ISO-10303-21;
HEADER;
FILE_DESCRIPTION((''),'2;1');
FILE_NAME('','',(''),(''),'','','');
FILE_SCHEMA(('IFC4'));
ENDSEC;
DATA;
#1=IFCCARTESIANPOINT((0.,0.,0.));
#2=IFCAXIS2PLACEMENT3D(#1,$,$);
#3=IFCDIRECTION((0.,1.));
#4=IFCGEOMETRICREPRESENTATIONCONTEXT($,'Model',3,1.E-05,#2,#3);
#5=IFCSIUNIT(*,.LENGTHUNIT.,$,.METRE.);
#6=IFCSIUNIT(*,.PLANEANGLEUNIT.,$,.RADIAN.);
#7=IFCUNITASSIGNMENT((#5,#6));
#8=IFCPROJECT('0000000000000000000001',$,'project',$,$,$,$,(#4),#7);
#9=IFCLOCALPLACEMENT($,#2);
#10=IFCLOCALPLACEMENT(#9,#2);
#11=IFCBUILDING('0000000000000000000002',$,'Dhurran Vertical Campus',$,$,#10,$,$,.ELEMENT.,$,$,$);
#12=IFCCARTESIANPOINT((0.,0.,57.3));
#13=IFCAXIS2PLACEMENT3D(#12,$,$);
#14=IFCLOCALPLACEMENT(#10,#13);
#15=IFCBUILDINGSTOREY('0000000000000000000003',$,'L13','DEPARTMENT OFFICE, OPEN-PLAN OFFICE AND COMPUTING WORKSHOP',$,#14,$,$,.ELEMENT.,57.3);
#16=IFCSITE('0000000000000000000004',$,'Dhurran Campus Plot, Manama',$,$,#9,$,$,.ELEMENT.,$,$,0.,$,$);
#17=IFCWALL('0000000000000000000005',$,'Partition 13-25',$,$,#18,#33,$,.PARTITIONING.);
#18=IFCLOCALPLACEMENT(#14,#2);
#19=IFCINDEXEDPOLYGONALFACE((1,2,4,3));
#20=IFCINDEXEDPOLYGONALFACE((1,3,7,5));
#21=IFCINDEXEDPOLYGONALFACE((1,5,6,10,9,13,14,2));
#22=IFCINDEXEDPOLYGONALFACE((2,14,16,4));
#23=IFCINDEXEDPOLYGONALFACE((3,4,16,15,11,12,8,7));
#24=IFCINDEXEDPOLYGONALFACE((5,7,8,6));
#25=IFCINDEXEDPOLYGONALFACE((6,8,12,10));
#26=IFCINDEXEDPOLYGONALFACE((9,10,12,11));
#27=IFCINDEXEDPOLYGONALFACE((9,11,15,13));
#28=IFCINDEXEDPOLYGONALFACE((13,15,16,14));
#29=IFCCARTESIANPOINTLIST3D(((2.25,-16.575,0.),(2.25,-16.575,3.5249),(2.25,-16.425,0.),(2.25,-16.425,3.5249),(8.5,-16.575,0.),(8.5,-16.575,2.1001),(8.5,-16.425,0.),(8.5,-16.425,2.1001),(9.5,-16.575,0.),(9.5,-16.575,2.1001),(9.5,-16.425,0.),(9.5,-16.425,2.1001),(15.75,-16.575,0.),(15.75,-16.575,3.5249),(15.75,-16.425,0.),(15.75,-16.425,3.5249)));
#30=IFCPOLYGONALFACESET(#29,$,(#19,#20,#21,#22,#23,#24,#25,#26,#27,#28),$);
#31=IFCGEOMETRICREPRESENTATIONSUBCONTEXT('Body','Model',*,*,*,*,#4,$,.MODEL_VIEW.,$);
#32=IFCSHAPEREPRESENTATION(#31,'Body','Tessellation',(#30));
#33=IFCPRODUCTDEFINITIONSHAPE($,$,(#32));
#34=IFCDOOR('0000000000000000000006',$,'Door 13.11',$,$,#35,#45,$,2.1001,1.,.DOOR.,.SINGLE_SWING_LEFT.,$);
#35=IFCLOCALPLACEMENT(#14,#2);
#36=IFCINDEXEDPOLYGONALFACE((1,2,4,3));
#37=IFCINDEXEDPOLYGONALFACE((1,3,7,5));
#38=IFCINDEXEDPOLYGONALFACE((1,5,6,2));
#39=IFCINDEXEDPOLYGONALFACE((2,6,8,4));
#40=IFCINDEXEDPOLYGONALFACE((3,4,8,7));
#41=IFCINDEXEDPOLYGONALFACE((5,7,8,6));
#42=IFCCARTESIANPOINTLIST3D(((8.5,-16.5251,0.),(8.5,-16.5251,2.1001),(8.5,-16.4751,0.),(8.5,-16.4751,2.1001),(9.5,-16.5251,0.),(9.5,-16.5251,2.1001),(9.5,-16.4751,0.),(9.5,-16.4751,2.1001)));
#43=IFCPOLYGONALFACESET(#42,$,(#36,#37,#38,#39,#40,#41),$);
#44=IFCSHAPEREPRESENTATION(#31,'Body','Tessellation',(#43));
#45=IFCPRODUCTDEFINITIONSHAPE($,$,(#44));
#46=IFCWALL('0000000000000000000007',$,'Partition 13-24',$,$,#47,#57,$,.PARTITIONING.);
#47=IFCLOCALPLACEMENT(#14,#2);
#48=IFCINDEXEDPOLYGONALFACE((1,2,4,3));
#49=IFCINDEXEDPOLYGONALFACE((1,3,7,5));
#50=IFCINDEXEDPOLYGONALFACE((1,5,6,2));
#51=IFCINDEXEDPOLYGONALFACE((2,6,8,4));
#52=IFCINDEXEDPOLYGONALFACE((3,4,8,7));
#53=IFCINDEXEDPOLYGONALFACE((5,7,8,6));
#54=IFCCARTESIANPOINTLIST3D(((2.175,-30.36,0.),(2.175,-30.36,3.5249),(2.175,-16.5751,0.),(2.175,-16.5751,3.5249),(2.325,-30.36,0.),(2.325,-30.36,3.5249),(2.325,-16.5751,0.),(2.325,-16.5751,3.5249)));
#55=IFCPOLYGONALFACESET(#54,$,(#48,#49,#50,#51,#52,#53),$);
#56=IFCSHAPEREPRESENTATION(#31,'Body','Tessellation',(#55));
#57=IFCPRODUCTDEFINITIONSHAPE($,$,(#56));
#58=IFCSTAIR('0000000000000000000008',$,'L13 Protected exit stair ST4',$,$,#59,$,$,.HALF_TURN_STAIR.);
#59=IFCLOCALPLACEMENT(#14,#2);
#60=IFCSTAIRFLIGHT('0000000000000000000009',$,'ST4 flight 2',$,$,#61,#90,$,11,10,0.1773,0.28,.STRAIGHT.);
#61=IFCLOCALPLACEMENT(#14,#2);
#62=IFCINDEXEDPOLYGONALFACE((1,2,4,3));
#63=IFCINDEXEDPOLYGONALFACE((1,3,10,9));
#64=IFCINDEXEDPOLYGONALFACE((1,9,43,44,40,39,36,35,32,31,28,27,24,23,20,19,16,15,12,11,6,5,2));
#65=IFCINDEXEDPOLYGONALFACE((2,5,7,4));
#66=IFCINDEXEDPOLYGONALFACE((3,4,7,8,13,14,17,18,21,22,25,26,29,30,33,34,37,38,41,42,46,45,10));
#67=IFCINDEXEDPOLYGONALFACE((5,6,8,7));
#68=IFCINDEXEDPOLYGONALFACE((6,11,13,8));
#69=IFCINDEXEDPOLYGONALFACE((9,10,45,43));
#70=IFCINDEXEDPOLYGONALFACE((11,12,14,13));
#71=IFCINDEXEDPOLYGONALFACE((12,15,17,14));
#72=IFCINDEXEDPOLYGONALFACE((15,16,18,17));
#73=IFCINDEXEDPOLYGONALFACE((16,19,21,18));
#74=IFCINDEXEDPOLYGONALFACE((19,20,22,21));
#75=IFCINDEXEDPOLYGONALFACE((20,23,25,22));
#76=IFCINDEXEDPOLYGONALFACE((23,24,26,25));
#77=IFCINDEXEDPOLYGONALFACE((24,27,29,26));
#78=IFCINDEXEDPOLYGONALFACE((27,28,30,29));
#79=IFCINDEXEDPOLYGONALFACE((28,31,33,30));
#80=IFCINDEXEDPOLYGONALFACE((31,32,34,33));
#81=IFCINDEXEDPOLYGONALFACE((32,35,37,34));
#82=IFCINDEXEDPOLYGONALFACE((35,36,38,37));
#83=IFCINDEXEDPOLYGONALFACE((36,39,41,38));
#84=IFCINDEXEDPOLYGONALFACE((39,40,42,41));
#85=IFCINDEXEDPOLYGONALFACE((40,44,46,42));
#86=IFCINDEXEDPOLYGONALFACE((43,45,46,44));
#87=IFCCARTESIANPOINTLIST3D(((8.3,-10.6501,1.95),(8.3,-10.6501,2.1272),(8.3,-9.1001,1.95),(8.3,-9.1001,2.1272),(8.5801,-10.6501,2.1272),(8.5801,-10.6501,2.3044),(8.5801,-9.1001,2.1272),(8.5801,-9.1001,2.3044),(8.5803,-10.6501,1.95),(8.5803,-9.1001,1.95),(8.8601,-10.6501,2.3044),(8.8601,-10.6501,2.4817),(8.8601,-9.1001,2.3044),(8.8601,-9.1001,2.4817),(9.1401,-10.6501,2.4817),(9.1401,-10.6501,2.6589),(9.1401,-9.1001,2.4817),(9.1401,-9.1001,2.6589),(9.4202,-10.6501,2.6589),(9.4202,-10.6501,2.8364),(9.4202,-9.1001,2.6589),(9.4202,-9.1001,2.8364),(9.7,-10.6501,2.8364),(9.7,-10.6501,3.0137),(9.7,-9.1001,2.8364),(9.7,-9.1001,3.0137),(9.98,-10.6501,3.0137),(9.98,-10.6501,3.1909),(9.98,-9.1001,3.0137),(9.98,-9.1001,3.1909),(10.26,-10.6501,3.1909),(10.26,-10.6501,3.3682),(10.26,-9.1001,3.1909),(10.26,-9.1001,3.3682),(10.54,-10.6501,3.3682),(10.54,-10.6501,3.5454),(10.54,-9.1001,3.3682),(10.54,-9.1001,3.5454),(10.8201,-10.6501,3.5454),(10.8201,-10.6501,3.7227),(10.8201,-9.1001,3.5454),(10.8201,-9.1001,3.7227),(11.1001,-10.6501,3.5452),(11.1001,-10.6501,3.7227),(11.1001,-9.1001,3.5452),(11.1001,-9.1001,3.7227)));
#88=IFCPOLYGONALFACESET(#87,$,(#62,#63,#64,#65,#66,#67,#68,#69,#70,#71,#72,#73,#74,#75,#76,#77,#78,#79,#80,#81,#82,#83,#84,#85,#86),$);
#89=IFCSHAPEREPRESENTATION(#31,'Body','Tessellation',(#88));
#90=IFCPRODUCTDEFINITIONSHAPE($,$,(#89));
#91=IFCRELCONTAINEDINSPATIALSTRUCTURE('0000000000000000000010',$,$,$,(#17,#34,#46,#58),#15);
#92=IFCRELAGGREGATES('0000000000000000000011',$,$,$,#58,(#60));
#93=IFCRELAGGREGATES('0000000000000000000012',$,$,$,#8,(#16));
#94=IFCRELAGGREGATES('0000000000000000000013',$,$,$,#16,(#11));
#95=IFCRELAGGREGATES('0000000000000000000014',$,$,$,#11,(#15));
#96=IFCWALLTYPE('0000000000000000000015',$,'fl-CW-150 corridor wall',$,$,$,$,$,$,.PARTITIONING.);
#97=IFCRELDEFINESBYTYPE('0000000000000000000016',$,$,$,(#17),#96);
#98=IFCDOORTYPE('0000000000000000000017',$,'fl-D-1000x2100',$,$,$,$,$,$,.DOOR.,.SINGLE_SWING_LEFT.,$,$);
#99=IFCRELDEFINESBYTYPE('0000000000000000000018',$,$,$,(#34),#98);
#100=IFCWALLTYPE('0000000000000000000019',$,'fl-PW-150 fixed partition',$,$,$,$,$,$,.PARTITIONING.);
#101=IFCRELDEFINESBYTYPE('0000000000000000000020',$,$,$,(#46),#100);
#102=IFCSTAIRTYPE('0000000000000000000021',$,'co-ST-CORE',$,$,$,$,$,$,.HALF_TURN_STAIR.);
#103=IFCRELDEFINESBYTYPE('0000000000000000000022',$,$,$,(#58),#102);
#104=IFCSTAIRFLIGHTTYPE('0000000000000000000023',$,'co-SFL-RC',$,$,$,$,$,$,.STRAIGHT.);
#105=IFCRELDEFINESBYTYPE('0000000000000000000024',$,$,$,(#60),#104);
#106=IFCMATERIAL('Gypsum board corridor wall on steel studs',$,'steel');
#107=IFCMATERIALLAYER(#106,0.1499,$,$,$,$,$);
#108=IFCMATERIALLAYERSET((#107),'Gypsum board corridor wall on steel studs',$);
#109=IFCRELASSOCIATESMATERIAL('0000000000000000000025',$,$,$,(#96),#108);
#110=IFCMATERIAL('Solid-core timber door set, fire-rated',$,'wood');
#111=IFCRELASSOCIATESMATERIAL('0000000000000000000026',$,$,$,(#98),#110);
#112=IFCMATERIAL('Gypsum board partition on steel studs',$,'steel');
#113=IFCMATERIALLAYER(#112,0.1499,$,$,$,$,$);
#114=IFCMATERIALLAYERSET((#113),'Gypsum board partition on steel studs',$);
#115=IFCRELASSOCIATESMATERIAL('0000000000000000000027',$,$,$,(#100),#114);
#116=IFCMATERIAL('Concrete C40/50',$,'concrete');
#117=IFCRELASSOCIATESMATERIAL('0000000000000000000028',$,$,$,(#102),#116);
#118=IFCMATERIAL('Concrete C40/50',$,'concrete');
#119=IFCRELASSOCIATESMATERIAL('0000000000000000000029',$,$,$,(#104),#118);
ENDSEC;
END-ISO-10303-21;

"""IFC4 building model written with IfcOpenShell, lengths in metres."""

from ifc_helpers import new_model, si_unit, direction, frame, frame_2d, origin, place, context, subcontext, project, spatial, polyline, rectangle, outline, extrude, material, layer, layer_set, type_object, element, fill, aggregate, save


model = new_model("IFC4")

# Units and contexts
model_context = context("Model", 3, precision=1e-05, world=origin(), true_north=direction((0.0, 1.0)))
body_context = subcontext(model_context, "Body", "Model", "MODEL_VIEW")
ifc_project = project(units=[si_unit("LENGTHUNIT", "METRE"), si_unit("PLANEANGLEUNIT", "RADIAN")], contexts=[model_context])

# Site, building, storey
site_placement = place(None, origin())
site = spatial("IfcSite", under=ifc_project, at=site_placement, Name="Dhurran Campus Plot, Manama", CompositionType="ELEMENT", RefElevation=0.0)
building_placement = place(site_placement, origin())
building = spatial("IfcBuilding", under=site, at=building_placement, Name="Dhurran Vertical Campus", CompositionType="ELEMENT")
storey_placement = place(building_placement, frame((0.0, 0.0, 57.3)))
storey = spatial("IfcBuildingStorey", under=building, at=storey_placement, Name="L13", Description="DEPARTMENT OFFICE, OPEN-PLAN OFFICE AND COMPUTING WORKSHOP", CompositionType="ELEMENT", Elevation=57.3)

# Wall, opening, door
ifc_material_1 = material(Name="Gypsum board corridor wall on steel studs", Category="steel")
ifc_layer_1 = layer(ifc_material_1, 0.1499)
ifc_layer_set_1 = layer_set([ifc_layer_1], Name="Gypsum board corridor wall on steel studs")
wall_type_1 = type_object("IfcWallType", Name="fl-CW-150 corridor wall", PredefinedType="PARTITIONING", material=ifc_layer_set_1)
wall_1_placement = place(storey_placement, frame((2.25, -16.5, 0.0), z_axis=(0.0, 0.0, 1.0), x_axis=(1.0, 0.0, 0.0)))
wall_1 = element("IfcWall", 1, at=wall_1_placement, inside=storey, type_object=wall_type_1, Name="Partition 13-25", PredefinedType="PARTITIONING", context=body_context, shape_type="SweptSolid", body=[
    extrude(rectangle(XDim=13.5, YDim=0.1499, at=frame_2d((6.75, 0.0))), origin(), (0.0, 0.0, 1.0), 3.5249),
])
opening_1_placement = place(wall_1_placement, frame((6.25, 0.0, 0.0)))
opening_1 = element("IfcOpeningElement", 2, at=opening_1_placement, cuts=wall_1, PredefinedType="OPENING", context=body_context, shape_type="SweptSolid", body=[
    extrude(rectangle(XDim=1.0, YDim=2.1001, at=frame_2d((0.5, 1.05))), frame((0.0, 0.085, 0.0), z_axis=(0.0, -1.0, 0.0), x_axis=(1.0, 0.0, 0.0)), (0.0, 0.0, 1.0), 0.1699),
])
ifc_material_2 = material(Name="Solid-core timber door set, fire-rated", Category="wood")
door_type_1 = type_object("IfcDoorType", Name="fl-D-1000x2100", OperationType="SINGLE_SWING_LEFT", PredefinedType="DOOR", material=ifc_material_2)
door_1_placement = place(opening_1_placement, origin())
door_1 = element("IfcDoor", 3, at=door_1_placement, inside=storey, type_object=door_type_1, Name="Door 13.11", OperationType="SINGLE_SWING_LEFT", OverallHeight=2.1001, OverallWidth=1.0, PredefinedType="DOOR", context=body_context, shape_type="SweptSolid", body=[
    extrude(rectangle(XDim=1.0, YDim=2.1001, at=frame_2d((0.5, 1.05))), frame((0.0, 0.0249, 0.0), z_axis=(0.0, -1.0, 0.0), x_axis=(1.0, 0.0, 0.0)), (0.0, 0.0, 1.0), 0.05),
])
fill(opening_1, door_1)

# Wall
ifc_material_3 = material(Name="Gypsum board partition on steel studs", Category="steel")
ifc_layer_2 = layer(ifc_material_3, 0.1499)
ifc_layer_set_2 = layer_set([ifc_layer_2], Name="Gypsum board partition on steel studs")
wall_type_2 = type_object("IfcWallType", Name="fl-PW-150 fixed partition", PredefinedType="PARTITIONING", material=ifc_layer_set_2)
wall_2_placement = place(storey_placement, frame((2.25, -16.575, 0.0), z_axis=(0.0, 0.0, 1.0), x_axis=(0.0, -1.0, 0.0)))
element("IfcWall", 4, at=wall_2_placement, inside=storey, type_object=wall_type_2, Name="Partition 13-24", PredefinedType="PARTITIONING", context=body_context, shape_type="SweptSolid", body=[
    extrude(rectangle(XDim=13.7849, YDim=0.1499, at=frame_2d((6.8926, 0.0))), origin(), (0.0, 0.0, 1.0), 3.5249),
])

# Stair, stair flight
ifc_material_4 = material(Name="Concrete C40/50", Category="concrete")
stair_type = type_object("IfcStairType", Name="co-ST-CORE", PredefinedType="HALF_TURN_STAIR", material=ifc_material_4)
stair_placement = place(storey_placement, origin())
stair = element("IfcStair", 5, at=stair_placement, inside=storey, type_object=stair_type, Name="L13 Protected exit stair ST4", PredefinedType="HALF_TURN_STAIR")
ifc_material_5 = material(Name="Concrete C40/50", Category="concrete")
stair_flight_type = type_object("IfcStairFlightType", Name="co-SFL-RC", PredefinedType="STRAIGHT", material=ifc_material_5)
stair_flight_placement = place(storey_placement, frame((8.3, -9.875, 1.95), z_axis=(0.0, 0.0, 1.0), x_axis=(1.0, 0.0, 0.0)))
stair_flight = element("IfcStairFlight", 6, at=stair_flight_placement, type_object=stair_flight_type, Name="ST4 flight 2", NumberOfRisers=11, NumberOfTreads=10, PredefinedType="STRAIGHT", RiserHeight=0.1773, TreadLength=0.28, context=body_context, shape_type="SweptSolid", body=[
    extrude(outline(polyline([(0.0, 0.0), (0.0, 0.1772), (0.28, 0.1772), (0.28, 0.3545), (0.5601, 0.3545), (0.5601, 0.5317), (0.8401, 0.5317), (0.8401, 0.709), (1.1201, 0.709), (1.1201, 0.8865), (1.3999, 0.8865), (1.3999, 1.0637), (1.6799, 1.0637), (1.6799, 1.241), (1.96, 1.241), (1.96, 1.4182), (2.24, 1.4182), (2.24, 1.5955), (2.52, 1.5955), (2.52, 1.7727), (2.8, 1.7727), (2.8, 1.95), (2.8, 1.5952), (0.2803, 0.0), (0.0, 0.0)])), frame((0.0, 0.7749, 0.0), z_axis=(0.0, -1.0, 0.0), x_axis=(1.0, 0.0, 0.0)), (0.0, 0.0, 1.0), 1.55),
])
aggregate(stair, [stair_flight])

save(model, "model.ifc")
